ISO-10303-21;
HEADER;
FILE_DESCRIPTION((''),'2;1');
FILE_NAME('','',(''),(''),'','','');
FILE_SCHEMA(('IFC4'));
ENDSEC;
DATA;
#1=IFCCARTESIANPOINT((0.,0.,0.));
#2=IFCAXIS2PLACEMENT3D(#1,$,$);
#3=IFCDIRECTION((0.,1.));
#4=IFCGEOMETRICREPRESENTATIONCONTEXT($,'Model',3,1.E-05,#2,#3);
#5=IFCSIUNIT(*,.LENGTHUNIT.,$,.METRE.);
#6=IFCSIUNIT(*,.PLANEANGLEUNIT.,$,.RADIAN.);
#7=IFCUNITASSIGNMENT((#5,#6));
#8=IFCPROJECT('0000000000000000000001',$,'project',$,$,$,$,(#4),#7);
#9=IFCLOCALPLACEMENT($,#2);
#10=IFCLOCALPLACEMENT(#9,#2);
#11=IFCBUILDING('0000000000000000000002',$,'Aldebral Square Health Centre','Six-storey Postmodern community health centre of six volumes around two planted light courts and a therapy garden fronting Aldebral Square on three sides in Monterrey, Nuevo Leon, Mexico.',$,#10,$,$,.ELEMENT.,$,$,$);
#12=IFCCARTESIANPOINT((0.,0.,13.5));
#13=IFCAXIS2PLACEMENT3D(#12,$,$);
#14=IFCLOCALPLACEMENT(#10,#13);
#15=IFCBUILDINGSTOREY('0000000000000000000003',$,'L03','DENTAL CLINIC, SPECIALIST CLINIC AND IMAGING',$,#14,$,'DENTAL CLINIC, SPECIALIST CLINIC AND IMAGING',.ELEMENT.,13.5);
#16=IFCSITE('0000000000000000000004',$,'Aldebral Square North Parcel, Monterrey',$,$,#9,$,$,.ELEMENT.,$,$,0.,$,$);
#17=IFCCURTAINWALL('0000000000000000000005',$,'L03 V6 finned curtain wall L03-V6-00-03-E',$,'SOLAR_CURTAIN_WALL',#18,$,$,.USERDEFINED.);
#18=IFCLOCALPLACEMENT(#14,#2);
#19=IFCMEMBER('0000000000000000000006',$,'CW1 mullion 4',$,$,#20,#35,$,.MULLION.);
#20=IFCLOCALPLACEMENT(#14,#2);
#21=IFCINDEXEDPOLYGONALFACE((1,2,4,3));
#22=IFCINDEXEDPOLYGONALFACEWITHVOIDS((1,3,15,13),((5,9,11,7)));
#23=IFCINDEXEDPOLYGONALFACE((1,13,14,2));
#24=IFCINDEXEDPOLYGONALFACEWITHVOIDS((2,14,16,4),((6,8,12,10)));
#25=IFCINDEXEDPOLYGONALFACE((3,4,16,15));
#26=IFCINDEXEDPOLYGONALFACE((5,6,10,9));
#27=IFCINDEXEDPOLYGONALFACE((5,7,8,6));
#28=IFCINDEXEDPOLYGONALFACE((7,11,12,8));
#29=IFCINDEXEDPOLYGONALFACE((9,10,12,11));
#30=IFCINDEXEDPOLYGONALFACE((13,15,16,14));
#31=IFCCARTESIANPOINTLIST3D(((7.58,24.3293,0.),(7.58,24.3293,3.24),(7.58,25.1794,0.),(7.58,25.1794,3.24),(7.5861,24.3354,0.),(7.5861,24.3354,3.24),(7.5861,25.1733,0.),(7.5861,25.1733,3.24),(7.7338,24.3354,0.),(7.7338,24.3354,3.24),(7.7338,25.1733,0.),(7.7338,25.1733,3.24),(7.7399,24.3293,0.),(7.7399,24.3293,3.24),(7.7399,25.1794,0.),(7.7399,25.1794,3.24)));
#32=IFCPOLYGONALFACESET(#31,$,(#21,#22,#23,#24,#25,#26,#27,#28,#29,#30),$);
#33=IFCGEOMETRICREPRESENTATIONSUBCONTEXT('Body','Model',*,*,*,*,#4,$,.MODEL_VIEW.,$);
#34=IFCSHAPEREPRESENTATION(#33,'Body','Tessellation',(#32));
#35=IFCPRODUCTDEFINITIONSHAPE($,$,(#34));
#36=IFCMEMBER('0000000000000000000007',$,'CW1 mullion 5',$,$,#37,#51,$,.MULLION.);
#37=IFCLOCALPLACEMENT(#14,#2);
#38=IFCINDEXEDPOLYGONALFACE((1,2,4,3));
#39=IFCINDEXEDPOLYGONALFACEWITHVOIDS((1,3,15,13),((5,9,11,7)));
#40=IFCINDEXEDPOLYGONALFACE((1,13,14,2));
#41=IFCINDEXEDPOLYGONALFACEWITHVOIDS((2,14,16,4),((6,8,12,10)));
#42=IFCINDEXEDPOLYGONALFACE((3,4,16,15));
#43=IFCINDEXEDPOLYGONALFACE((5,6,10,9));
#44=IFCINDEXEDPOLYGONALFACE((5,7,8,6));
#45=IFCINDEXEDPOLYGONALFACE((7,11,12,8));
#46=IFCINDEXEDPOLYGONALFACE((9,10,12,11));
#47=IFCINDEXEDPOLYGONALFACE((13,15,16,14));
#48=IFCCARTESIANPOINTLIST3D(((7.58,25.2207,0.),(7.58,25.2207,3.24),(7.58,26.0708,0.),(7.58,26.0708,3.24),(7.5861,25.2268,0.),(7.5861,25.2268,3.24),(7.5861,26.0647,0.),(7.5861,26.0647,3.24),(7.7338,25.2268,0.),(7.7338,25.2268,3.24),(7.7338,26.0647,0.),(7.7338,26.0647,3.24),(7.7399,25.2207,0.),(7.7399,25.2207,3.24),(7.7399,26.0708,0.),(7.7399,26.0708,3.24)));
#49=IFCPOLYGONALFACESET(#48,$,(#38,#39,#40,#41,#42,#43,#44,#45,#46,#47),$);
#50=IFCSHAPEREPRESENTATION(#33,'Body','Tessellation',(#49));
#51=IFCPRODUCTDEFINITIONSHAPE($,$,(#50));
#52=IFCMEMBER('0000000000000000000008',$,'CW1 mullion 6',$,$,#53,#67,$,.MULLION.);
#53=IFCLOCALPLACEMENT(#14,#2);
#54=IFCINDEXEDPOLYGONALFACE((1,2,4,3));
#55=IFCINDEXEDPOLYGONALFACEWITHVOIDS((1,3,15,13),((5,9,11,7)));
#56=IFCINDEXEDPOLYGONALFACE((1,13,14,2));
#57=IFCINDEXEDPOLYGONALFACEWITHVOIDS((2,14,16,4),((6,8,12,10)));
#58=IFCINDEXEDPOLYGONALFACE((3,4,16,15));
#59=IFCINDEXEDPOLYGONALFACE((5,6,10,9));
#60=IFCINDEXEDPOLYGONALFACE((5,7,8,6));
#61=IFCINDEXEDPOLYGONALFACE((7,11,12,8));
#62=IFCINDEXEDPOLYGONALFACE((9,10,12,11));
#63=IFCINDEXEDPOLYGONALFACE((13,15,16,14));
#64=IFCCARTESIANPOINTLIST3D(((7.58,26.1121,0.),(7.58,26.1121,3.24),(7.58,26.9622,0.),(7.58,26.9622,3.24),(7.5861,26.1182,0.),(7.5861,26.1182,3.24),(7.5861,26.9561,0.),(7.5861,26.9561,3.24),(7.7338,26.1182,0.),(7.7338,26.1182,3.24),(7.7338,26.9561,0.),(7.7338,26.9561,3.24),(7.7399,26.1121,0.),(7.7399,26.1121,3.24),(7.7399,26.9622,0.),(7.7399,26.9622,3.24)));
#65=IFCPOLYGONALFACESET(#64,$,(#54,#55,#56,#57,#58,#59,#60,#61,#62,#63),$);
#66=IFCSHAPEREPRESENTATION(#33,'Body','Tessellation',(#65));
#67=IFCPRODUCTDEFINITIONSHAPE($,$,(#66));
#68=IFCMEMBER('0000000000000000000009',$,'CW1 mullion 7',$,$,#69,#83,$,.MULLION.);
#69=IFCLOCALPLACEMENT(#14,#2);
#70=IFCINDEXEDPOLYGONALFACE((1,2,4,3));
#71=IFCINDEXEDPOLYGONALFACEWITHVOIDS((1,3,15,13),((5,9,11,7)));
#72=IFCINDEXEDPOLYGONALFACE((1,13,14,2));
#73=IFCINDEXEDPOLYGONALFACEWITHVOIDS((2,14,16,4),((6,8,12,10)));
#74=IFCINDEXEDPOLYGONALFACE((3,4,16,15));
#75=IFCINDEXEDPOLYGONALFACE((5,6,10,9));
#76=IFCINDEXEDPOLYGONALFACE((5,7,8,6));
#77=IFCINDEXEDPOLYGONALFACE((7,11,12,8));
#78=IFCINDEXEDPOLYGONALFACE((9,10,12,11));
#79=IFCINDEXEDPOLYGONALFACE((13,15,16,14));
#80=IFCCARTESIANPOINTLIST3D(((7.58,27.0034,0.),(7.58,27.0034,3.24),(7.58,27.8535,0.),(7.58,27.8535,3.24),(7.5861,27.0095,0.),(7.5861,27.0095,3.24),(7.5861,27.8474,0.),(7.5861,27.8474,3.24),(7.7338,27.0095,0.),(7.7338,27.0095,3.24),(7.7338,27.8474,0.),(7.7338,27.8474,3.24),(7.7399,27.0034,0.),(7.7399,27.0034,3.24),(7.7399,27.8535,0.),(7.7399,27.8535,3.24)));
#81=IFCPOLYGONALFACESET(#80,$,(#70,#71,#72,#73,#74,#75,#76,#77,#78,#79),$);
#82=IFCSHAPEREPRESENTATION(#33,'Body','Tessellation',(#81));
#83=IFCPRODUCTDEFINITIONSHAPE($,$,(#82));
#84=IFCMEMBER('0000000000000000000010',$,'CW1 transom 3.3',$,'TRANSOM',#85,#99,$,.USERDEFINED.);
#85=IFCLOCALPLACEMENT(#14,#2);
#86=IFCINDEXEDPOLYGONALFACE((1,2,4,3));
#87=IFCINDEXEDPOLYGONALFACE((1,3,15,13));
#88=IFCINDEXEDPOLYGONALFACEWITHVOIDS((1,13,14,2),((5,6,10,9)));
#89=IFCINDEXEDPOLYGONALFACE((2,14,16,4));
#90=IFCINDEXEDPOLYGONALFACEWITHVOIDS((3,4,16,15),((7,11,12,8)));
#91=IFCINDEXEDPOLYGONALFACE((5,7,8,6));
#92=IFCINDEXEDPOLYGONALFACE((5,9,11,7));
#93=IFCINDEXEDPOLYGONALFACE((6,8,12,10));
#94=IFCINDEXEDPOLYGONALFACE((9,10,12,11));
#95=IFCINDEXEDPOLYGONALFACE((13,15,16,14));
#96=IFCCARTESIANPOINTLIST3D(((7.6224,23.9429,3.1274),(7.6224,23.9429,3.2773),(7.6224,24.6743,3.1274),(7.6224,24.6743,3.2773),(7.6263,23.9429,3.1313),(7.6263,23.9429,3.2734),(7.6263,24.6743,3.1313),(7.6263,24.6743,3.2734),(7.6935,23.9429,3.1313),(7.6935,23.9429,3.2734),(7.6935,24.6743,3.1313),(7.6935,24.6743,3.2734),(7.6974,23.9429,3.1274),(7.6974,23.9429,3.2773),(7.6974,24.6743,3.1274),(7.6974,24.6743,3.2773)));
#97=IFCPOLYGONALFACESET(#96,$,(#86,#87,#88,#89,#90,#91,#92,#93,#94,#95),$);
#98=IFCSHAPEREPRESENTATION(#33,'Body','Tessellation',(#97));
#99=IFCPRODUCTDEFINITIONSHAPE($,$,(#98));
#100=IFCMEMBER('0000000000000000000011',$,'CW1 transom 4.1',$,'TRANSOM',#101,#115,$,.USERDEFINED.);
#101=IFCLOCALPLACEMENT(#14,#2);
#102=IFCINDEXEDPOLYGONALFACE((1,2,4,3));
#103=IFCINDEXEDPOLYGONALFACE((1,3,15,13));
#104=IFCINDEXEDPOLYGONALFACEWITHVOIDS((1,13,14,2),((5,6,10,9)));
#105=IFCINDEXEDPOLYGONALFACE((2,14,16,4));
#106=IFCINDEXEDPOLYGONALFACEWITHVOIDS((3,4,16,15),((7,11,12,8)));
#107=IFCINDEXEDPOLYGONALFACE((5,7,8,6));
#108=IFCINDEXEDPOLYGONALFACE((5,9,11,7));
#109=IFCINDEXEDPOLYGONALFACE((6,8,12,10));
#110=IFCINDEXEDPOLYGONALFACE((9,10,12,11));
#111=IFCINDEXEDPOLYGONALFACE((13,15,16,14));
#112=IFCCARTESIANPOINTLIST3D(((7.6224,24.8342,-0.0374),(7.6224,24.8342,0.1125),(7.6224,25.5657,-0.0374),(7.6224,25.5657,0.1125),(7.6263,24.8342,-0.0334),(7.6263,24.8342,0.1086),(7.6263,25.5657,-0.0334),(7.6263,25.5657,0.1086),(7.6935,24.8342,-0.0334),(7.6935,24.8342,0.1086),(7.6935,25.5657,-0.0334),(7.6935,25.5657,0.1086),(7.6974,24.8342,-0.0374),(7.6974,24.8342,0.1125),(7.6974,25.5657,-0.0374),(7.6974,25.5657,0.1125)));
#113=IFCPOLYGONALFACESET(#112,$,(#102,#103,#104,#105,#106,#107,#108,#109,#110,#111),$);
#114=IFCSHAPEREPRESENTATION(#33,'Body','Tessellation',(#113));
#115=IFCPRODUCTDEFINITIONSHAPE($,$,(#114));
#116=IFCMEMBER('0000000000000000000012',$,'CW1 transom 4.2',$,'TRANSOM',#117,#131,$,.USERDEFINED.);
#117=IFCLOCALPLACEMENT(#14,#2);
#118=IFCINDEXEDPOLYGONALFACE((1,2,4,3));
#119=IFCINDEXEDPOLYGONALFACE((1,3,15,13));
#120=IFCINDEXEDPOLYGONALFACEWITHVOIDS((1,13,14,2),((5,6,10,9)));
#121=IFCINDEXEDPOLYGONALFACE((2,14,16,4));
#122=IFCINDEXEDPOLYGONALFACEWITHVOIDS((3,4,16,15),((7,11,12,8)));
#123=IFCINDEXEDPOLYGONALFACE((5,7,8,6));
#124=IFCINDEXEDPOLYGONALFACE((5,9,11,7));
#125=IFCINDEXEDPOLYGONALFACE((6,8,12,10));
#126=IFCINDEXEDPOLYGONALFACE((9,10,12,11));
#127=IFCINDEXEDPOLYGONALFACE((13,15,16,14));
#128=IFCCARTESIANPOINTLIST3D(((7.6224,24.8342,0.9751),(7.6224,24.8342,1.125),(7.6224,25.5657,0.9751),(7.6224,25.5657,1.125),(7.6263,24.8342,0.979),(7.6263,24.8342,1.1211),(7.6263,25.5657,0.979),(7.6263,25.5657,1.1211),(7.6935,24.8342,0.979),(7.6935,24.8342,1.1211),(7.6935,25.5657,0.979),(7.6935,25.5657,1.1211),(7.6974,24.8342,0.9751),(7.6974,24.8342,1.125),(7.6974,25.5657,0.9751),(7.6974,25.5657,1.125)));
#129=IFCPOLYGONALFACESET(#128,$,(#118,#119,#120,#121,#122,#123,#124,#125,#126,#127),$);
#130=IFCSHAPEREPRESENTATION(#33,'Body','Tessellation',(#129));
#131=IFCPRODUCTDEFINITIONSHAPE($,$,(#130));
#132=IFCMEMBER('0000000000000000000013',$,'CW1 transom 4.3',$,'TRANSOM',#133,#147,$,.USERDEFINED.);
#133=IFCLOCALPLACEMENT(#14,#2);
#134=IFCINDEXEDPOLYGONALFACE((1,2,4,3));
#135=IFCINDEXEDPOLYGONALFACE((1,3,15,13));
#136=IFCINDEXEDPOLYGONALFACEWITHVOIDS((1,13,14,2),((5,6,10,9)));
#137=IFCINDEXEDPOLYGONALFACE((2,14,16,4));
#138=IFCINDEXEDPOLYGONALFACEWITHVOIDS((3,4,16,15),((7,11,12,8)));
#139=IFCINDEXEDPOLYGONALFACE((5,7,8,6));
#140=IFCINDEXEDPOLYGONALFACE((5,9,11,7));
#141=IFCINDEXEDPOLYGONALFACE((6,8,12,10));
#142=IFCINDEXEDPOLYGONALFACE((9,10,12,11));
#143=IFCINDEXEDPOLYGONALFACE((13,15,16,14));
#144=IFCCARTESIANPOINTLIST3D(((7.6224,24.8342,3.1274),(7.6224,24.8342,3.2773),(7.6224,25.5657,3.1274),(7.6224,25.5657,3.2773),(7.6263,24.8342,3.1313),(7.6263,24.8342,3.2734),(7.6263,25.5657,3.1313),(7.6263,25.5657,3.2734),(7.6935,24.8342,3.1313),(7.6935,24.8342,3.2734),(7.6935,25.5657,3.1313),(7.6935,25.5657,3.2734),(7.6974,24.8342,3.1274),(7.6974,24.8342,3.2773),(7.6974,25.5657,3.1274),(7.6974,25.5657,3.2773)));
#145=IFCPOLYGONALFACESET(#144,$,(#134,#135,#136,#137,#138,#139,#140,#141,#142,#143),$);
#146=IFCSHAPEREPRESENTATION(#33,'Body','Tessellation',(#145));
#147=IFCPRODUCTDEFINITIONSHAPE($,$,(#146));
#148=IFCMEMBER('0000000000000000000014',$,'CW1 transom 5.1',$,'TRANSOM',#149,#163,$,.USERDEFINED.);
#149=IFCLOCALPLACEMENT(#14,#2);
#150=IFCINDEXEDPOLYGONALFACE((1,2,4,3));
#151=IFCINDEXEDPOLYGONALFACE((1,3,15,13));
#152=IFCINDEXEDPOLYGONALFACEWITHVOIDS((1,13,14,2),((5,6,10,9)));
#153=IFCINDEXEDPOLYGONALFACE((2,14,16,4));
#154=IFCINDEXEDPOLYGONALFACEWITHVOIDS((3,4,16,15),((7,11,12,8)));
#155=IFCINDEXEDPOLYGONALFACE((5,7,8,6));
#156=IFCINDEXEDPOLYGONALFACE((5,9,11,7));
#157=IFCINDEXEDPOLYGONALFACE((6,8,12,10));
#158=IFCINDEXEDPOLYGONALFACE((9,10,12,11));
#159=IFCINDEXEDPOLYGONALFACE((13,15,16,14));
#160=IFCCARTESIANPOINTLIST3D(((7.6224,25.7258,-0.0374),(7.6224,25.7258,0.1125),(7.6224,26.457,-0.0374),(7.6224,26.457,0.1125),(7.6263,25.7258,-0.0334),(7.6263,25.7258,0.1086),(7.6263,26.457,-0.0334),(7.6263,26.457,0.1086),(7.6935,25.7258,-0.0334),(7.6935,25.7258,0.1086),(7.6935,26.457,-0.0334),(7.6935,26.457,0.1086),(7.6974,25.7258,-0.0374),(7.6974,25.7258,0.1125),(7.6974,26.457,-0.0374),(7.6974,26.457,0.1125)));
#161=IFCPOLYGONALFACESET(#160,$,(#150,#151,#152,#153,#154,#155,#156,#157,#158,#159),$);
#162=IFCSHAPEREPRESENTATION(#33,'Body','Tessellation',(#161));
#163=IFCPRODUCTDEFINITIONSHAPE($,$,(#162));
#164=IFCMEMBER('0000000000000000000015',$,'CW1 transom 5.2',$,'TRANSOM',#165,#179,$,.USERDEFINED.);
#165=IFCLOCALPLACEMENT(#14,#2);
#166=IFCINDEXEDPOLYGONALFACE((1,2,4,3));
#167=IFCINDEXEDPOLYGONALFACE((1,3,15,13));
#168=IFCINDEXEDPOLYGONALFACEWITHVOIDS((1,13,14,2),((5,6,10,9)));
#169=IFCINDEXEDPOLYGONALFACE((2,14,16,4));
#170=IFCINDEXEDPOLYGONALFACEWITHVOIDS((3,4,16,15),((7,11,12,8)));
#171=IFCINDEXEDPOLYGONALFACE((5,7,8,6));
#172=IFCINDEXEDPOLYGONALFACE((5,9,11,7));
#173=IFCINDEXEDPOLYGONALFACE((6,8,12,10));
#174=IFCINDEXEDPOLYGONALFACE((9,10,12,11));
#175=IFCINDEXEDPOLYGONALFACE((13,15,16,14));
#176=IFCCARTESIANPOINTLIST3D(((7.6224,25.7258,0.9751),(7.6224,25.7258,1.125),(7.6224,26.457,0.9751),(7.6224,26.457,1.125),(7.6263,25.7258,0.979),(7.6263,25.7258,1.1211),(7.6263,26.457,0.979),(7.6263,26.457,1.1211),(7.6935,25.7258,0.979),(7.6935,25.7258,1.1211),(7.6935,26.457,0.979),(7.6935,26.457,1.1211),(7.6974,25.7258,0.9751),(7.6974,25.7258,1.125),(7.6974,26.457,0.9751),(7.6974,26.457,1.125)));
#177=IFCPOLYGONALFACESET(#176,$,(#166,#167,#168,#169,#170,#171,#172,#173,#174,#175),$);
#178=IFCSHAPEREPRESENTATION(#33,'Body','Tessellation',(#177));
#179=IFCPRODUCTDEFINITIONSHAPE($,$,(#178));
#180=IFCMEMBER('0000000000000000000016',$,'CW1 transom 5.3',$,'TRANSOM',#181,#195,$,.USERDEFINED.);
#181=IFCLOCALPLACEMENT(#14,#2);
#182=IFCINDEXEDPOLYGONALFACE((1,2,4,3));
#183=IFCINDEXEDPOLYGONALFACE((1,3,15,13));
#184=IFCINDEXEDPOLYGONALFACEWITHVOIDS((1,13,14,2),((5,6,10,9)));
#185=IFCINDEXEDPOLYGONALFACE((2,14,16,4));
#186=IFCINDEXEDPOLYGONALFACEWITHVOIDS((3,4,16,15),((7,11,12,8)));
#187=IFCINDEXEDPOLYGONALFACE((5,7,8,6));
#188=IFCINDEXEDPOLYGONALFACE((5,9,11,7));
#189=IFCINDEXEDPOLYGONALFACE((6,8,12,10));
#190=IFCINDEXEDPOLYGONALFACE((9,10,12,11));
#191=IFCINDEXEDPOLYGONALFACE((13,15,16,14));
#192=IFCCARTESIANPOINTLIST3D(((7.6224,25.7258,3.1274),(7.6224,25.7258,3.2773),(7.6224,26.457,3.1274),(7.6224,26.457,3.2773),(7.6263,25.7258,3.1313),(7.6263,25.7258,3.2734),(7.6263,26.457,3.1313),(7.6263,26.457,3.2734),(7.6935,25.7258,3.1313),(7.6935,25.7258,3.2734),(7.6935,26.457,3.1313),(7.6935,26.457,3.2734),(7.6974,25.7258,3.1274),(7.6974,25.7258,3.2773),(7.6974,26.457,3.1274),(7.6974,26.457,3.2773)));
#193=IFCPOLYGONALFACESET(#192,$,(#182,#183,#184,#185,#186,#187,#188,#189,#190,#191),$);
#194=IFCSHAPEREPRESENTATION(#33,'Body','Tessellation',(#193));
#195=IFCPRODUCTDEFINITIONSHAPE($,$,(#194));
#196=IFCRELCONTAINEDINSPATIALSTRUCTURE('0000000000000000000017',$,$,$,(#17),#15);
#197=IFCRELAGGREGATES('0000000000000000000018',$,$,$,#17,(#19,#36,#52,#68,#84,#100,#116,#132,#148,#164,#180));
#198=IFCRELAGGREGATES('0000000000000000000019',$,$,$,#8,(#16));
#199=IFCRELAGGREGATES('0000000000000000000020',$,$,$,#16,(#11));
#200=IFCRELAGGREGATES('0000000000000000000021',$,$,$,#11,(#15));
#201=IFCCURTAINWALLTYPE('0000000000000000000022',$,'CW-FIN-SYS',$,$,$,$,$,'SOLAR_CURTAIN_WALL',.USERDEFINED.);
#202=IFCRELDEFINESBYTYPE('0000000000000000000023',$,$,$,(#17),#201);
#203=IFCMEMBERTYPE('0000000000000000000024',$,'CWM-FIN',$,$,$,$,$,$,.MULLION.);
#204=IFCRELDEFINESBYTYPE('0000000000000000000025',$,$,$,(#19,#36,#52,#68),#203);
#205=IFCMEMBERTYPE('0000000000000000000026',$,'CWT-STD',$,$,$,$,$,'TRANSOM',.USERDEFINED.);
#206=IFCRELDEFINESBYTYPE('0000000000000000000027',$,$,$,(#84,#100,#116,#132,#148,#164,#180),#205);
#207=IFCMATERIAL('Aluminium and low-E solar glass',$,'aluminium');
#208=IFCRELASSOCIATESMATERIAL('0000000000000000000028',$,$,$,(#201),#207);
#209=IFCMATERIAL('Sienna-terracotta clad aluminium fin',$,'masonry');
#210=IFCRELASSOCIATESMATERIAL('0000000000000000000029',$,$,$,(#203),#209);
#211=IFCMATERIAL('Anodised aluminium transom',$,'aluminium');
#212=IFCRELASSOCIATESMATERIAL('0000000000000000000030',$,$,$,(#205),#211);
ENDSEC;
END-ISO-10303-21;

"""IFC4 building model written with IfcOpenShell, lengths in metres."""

from ifc_helpers import new_model, si_unit, direction, frame, origin, origin_2d, place, context, subcontext, project, spatial, hollow_rectangle, extrude, material, material_profile, profile_set, type_object, element, aggregate, save


model = new_model("IFC4")

# Units and contexts
model_context = context("Model", 3, precision=1e-05, world=origin(), true_north=direction((0.0, 1.0)))
body_context = subcontext(model_context, "Body", "Model", "MODEL_VIEW")
ifc_project = project(units=[si_unit("LENGTHUNIT", "METRE"), si_unit("PLANEANGLEUNIT", "RADIAN")], contexts=[model_context])

# Site, building, storey
site_placement = place(None, origin())
site = spatial("IfcSite", under=ifc_project, at=site_placement, Name="Aldebral Square North Parcel, Monterrey", CompositionType="ELEMENT", RefElevation=0.0)
building_placement = place(site_placement, origin())
building = spatial("IfcBuilding", under=site, at=building_placement, Name="Aldebral Square Health Centre", Description="Six-storey Postmodern community health centre of six volumes around two planted light courts and a therapy garden fronting Aldebral Square on three sides in Monterrey, Nuevo Leon, Mexico.", CompositionType="ELEMENT")
storey_placement = place(building_placement, frame((0.0, 0.0, 13.5)))
storey = spatial("IfcBuildingStorey", under=building, at=storey_placement, Name="L03", Description="DENTAL CLINIC, SPECIALIST CLINIC AND IMAGING", LongName="DENTAL CLINIC, SPECIALIST CLINIC AND IMAGING", CompositionType="ELEMENT", Elevation=13.5)

# Curtain wall, members
ifc_material_1 = material(Name="Aluminium and low-E solar glass", Category="aluminium")
curtain_wall_type = type_object("IfcCurtainWallType", Name="CW-FIN-SYS", ElementType="SOLAR_CURTAIN_WALL", PredefinedType="USERDEFINED", material=ifc_material_1)
curtain_wall_placement = place(storey_placement, origin())
curtain_wall = element("IfcCurtainWall", 1, at=curtain_wall_placement, inside=storey, type_object=curtain_wall_type, Name="L03 V6 finned curtain wall L03-V6-00-03-E", ObjectType="SOLAR_CURTAIN_WALL", PredefinedType="USERDEFINED")
ifc_material_2 = material(Name="Sienna-terracotta clad aluminium fin", Category="masonry")
ifc_material_profile_1 = material_profile(ifc_material_2, hollow_rectangle(XDim=0.1599, YDim=0.8501, WallThickness=0.0061, at=origin_2d()), Name="FIN 160x850x6")
ifc_profile_set_1 = profile_set([ifc_material_profile_1], Name="Sienna-terracotta clad aluminium fin")
member_type_1 = type_object("IfcMemberType", Name="CWM-FIN", PredefinedType="MULLION", material=ifc_profile_set_1)
member_1_placement = place(storey_placement, frame((7.6599, 24.7544, 0.0), z_axis=(0.0, 0.0, 1.0), x_axis=(-1.0, 0.0, 0.0)))
member_1 = element("IfcMember", 2, at=member_1_placement, type_object=member_type_1, Name="CW1 mullion 4", PredefinedType="MULLION", context=body_context, shape_type="SweptSolid", body=[
    extrude(hollow_rectangle(XDim=0.1599, YDim=0.8501, WallThickness=0.0061, at=origin_2d()), origin(), (0.0, 0.0, 1.0), 3.24),
])
member_2_placement = place(storey_placement, frame((7.6599, 25.6458, 0.0), z_axis=(0.0, 0.0, 1.0), x_axis=(-1.0, 0.0, 0.0)))
member_2 = element("IfcMember", 3, at=member_2_placement, type_object=member_type_1, Name="CW1 mullion 5", PredefinedType="MULLION", context=body_context, shape_type="SweptSolid", body=[
    extrude(hollow_rectangle(XDim=0.1599, YDim=0.8501, WallThickness=0.0061, at=origin_2d()), origin(), (0.0, 0.0, 1.0), 3.24),
])
member_3_placement = place(storey_placement, frame((7.6599, 26.5371, 0.0), z_axis=(0.0, 0.0, 1.0), x_axis=(-1.0, 0.0, 0.0)))
member_3 = element("IfcMember", 4, at=member_3_placement, type_object=member_type_1, Name="CW1 mullion 6", PredefinedType="MULLION", context=body_context, shape_type="SweptSolid", body=[
    extrude(hollow_rectangle(XDim=0.1599, YDim=0.8501, WallThickness=0.0061, at=origin_2d()), origin(), (0.0, 0.0, 1.0), 3.24),
])
member_4_placement = place(storey_placement, frame((7.6599, 27.4285, 0.0), z_axis=(0.0, 0.0, 1.0), x_axis=(-1.0, 0.0, 0.0)))
member_4 = element("IfcMember", 5, at=member_4_placement, type_object=member_type_1, Name="CW1 mullion 7", PredefinedType="MULLION", context=body_context, shape_type="SweptSolid", body=[
    extrude(hollow_rectangle(XDim=0.1599, YDim=0.8501, WallThickness=0.0061, at=origin_2d()), origin(), (0.0, 0.0, 1.0), 3.24),
])
ifc_material_3 = material(Name="Anodised aluminium transom", Category="aluminium")
ifc_material_profile_2 = material_profile(ifc_material_3, hollow_rectangle(XDim=0.075, YDim=0.1499, WallThickness=0.0039, at=origin_2d()), Name="CWT 75x150x4")
ifc_profile_set_2 = profile_set([ifc_material_profile_2], Name="Anodised aluminium transom")
member_type_2 = type_object("IfcMemberType", Name="CWT-STD", ElementType="TRANSOM", PredefinedType="USERDEFINED", material=ifc_profile_set_2)
member_5_placement = place(storey_placement, frame((7.6599, 23.9429, 3.2024), z_axis=(0.0, 1.0, 0.0), x_axis=(-1.0, 0.0, 0.0)))
member_5 = element("IfcMember", 6, at=member_5_placement, type_object=member_type_2, Name="CW1 transom 3.3", ObjectType="TRANSOM", PredefinedType="USERDEFINED", context=body_context, shape_type="SweptSolid", body=[
    extrude(hollow_rectangle(XDim=0.075, YDim=0.1499, WallThickness=0.0039, at=origin_2d()), origin(), (0.0, 0.0, 1.0), 0.7314),
])
member_6_placement = place(storey_placement, frame((7.6599, 24.8342, 0.0376), z_axis=(0.0, 1.0, 0.0), x_axis=(-1.0, 0.0, 0.0)))
member_6 = element("IfcMember", 7, at=member_6_placement, type_object=member_type_2, Name="CW1 transom 4.1", ObjectType="TRANSOM", PredefinedType="USERDEFINED", context=body_context, shape_type="SweptSolid", body=[
    extrude(hollow_rectangle(XDim=0.075, YDim=0.1499, WallThickness=0.0039, at=origin_2d()), origin(), (0.0, 0.0, 1.0), 0.7314),
])
member_7_placement = place(storey_placement, frame((7.6599, 24.8342, 1.05), z_axis=(0.0, 1.0, 0.0), x_axis=(-1.0, 0.0, 0.0)))
member_7 = element("IfcMember", 8, at=member_7_placement, type_object=member_type_2, Name="CW1 transom 4.2", ObjectType="TRANSOM", PredefinedType="USERDEFINED", context=body_context, shape_type="SweptSolid", body=[
    extrude(hollow_rectangle(XDim=0.075, YDim=0.1499, WallThickness=0.0039, at=origin_2d()), origin(), (0.0, 0.0, 1.0), 0.7314),
])
member_8_placement = place(storey_placement, frame((7.6599, 24.8342, 3.2024), z_axis=(0.0, 1.0, 0.0), x_axis=(-1.0, 0.0, 0.0)))
member_8 = element("IfcMember", 9, at=member_8_placement, type_object=member_type_2, Name="CW1 transom 4.3", ObjectType="TRANSOM", PredefinedType="USERDEFINED", context=body_context, shape_type="SweptSolid", body=[
    extrude(hollow_rectangle(XDim=0.075, YDim=0.1499, WallThickness=0.0039, at=origin_2d()), origin(), (0.0, 0.0, 1.0), 0.7314),
])
member_9_placement = place(storey_placement, frame((7.6599, 25.7258, 0.0376), z_axis=(0.0, 1.0, 0.0), x_axis=(-1.0, 0.0, 0.0)))
member_9 = element("IfcMember", 10, at=member_9_placement, type_object=member_type_2, Name="CW1 transom 5.1", ObjectType="TRANSOM", PredefinedType="USERDEFINED", context=body_context, shape_type="SweptSolid", body=[
    extrude(hollow_rectangle(XDim=0.075, YDim=0.1499, WallThickness=0.0039, at=origin_2d()), origin(), (0.0, 0.0, 1.0), 0.7312),
])
member_10_placement = place(storey_placement, frame((7.6599, 25.7258, 1.05), z_axis=(0.0, 1.0, 0.0), x_axis=(-1.0, 0.0, 0.0)))
member_10 = element("IfcMember", 11, at=member_10_placement, type_object=member_type_2, Name="CW1 transom 5.2", ObjectType="TRANSOM", PredefinedType="USERDEFINED", context=body_context, shape_type="SweptSolid", body=[
    extrude(hollow_rectangle(XDim=0.075, YDim=0.1499, WallThickness=0.0039, at=origin_2d()), origin(), (0.0, 0.0, 1.0), 0.7312),
])
member_11_placement = place(storey_placement, frame((7.6599, 25.7258, 3.2024), z_axis=(0.0, 1.0, 0.0), x_axis=(-1.0, 0.0, 0.0)))
member_11 = element("IfcMember", 12, at=member_11_placement, type_object=member_type_2, Name="CW1 transom 5.3", ObjectType="TRANSOM", PredefinedType="USERDEFINED", context=body_context, shape_type="SweptSolid", body=[
    extrude(hollow_rectangle(XDim=0.075, YDim=0.1499, WallThickness=0.0039, at=origin_2d()), origin(), (0.0, 0.0, 1.0), 0.7312),
])
aggregate(curtain_wall, [member_1, member_2, member_3, member_4, member_5, member_6, member_7, member_8, member_9, member_10, member_11])

save(model, "model.ifc")
